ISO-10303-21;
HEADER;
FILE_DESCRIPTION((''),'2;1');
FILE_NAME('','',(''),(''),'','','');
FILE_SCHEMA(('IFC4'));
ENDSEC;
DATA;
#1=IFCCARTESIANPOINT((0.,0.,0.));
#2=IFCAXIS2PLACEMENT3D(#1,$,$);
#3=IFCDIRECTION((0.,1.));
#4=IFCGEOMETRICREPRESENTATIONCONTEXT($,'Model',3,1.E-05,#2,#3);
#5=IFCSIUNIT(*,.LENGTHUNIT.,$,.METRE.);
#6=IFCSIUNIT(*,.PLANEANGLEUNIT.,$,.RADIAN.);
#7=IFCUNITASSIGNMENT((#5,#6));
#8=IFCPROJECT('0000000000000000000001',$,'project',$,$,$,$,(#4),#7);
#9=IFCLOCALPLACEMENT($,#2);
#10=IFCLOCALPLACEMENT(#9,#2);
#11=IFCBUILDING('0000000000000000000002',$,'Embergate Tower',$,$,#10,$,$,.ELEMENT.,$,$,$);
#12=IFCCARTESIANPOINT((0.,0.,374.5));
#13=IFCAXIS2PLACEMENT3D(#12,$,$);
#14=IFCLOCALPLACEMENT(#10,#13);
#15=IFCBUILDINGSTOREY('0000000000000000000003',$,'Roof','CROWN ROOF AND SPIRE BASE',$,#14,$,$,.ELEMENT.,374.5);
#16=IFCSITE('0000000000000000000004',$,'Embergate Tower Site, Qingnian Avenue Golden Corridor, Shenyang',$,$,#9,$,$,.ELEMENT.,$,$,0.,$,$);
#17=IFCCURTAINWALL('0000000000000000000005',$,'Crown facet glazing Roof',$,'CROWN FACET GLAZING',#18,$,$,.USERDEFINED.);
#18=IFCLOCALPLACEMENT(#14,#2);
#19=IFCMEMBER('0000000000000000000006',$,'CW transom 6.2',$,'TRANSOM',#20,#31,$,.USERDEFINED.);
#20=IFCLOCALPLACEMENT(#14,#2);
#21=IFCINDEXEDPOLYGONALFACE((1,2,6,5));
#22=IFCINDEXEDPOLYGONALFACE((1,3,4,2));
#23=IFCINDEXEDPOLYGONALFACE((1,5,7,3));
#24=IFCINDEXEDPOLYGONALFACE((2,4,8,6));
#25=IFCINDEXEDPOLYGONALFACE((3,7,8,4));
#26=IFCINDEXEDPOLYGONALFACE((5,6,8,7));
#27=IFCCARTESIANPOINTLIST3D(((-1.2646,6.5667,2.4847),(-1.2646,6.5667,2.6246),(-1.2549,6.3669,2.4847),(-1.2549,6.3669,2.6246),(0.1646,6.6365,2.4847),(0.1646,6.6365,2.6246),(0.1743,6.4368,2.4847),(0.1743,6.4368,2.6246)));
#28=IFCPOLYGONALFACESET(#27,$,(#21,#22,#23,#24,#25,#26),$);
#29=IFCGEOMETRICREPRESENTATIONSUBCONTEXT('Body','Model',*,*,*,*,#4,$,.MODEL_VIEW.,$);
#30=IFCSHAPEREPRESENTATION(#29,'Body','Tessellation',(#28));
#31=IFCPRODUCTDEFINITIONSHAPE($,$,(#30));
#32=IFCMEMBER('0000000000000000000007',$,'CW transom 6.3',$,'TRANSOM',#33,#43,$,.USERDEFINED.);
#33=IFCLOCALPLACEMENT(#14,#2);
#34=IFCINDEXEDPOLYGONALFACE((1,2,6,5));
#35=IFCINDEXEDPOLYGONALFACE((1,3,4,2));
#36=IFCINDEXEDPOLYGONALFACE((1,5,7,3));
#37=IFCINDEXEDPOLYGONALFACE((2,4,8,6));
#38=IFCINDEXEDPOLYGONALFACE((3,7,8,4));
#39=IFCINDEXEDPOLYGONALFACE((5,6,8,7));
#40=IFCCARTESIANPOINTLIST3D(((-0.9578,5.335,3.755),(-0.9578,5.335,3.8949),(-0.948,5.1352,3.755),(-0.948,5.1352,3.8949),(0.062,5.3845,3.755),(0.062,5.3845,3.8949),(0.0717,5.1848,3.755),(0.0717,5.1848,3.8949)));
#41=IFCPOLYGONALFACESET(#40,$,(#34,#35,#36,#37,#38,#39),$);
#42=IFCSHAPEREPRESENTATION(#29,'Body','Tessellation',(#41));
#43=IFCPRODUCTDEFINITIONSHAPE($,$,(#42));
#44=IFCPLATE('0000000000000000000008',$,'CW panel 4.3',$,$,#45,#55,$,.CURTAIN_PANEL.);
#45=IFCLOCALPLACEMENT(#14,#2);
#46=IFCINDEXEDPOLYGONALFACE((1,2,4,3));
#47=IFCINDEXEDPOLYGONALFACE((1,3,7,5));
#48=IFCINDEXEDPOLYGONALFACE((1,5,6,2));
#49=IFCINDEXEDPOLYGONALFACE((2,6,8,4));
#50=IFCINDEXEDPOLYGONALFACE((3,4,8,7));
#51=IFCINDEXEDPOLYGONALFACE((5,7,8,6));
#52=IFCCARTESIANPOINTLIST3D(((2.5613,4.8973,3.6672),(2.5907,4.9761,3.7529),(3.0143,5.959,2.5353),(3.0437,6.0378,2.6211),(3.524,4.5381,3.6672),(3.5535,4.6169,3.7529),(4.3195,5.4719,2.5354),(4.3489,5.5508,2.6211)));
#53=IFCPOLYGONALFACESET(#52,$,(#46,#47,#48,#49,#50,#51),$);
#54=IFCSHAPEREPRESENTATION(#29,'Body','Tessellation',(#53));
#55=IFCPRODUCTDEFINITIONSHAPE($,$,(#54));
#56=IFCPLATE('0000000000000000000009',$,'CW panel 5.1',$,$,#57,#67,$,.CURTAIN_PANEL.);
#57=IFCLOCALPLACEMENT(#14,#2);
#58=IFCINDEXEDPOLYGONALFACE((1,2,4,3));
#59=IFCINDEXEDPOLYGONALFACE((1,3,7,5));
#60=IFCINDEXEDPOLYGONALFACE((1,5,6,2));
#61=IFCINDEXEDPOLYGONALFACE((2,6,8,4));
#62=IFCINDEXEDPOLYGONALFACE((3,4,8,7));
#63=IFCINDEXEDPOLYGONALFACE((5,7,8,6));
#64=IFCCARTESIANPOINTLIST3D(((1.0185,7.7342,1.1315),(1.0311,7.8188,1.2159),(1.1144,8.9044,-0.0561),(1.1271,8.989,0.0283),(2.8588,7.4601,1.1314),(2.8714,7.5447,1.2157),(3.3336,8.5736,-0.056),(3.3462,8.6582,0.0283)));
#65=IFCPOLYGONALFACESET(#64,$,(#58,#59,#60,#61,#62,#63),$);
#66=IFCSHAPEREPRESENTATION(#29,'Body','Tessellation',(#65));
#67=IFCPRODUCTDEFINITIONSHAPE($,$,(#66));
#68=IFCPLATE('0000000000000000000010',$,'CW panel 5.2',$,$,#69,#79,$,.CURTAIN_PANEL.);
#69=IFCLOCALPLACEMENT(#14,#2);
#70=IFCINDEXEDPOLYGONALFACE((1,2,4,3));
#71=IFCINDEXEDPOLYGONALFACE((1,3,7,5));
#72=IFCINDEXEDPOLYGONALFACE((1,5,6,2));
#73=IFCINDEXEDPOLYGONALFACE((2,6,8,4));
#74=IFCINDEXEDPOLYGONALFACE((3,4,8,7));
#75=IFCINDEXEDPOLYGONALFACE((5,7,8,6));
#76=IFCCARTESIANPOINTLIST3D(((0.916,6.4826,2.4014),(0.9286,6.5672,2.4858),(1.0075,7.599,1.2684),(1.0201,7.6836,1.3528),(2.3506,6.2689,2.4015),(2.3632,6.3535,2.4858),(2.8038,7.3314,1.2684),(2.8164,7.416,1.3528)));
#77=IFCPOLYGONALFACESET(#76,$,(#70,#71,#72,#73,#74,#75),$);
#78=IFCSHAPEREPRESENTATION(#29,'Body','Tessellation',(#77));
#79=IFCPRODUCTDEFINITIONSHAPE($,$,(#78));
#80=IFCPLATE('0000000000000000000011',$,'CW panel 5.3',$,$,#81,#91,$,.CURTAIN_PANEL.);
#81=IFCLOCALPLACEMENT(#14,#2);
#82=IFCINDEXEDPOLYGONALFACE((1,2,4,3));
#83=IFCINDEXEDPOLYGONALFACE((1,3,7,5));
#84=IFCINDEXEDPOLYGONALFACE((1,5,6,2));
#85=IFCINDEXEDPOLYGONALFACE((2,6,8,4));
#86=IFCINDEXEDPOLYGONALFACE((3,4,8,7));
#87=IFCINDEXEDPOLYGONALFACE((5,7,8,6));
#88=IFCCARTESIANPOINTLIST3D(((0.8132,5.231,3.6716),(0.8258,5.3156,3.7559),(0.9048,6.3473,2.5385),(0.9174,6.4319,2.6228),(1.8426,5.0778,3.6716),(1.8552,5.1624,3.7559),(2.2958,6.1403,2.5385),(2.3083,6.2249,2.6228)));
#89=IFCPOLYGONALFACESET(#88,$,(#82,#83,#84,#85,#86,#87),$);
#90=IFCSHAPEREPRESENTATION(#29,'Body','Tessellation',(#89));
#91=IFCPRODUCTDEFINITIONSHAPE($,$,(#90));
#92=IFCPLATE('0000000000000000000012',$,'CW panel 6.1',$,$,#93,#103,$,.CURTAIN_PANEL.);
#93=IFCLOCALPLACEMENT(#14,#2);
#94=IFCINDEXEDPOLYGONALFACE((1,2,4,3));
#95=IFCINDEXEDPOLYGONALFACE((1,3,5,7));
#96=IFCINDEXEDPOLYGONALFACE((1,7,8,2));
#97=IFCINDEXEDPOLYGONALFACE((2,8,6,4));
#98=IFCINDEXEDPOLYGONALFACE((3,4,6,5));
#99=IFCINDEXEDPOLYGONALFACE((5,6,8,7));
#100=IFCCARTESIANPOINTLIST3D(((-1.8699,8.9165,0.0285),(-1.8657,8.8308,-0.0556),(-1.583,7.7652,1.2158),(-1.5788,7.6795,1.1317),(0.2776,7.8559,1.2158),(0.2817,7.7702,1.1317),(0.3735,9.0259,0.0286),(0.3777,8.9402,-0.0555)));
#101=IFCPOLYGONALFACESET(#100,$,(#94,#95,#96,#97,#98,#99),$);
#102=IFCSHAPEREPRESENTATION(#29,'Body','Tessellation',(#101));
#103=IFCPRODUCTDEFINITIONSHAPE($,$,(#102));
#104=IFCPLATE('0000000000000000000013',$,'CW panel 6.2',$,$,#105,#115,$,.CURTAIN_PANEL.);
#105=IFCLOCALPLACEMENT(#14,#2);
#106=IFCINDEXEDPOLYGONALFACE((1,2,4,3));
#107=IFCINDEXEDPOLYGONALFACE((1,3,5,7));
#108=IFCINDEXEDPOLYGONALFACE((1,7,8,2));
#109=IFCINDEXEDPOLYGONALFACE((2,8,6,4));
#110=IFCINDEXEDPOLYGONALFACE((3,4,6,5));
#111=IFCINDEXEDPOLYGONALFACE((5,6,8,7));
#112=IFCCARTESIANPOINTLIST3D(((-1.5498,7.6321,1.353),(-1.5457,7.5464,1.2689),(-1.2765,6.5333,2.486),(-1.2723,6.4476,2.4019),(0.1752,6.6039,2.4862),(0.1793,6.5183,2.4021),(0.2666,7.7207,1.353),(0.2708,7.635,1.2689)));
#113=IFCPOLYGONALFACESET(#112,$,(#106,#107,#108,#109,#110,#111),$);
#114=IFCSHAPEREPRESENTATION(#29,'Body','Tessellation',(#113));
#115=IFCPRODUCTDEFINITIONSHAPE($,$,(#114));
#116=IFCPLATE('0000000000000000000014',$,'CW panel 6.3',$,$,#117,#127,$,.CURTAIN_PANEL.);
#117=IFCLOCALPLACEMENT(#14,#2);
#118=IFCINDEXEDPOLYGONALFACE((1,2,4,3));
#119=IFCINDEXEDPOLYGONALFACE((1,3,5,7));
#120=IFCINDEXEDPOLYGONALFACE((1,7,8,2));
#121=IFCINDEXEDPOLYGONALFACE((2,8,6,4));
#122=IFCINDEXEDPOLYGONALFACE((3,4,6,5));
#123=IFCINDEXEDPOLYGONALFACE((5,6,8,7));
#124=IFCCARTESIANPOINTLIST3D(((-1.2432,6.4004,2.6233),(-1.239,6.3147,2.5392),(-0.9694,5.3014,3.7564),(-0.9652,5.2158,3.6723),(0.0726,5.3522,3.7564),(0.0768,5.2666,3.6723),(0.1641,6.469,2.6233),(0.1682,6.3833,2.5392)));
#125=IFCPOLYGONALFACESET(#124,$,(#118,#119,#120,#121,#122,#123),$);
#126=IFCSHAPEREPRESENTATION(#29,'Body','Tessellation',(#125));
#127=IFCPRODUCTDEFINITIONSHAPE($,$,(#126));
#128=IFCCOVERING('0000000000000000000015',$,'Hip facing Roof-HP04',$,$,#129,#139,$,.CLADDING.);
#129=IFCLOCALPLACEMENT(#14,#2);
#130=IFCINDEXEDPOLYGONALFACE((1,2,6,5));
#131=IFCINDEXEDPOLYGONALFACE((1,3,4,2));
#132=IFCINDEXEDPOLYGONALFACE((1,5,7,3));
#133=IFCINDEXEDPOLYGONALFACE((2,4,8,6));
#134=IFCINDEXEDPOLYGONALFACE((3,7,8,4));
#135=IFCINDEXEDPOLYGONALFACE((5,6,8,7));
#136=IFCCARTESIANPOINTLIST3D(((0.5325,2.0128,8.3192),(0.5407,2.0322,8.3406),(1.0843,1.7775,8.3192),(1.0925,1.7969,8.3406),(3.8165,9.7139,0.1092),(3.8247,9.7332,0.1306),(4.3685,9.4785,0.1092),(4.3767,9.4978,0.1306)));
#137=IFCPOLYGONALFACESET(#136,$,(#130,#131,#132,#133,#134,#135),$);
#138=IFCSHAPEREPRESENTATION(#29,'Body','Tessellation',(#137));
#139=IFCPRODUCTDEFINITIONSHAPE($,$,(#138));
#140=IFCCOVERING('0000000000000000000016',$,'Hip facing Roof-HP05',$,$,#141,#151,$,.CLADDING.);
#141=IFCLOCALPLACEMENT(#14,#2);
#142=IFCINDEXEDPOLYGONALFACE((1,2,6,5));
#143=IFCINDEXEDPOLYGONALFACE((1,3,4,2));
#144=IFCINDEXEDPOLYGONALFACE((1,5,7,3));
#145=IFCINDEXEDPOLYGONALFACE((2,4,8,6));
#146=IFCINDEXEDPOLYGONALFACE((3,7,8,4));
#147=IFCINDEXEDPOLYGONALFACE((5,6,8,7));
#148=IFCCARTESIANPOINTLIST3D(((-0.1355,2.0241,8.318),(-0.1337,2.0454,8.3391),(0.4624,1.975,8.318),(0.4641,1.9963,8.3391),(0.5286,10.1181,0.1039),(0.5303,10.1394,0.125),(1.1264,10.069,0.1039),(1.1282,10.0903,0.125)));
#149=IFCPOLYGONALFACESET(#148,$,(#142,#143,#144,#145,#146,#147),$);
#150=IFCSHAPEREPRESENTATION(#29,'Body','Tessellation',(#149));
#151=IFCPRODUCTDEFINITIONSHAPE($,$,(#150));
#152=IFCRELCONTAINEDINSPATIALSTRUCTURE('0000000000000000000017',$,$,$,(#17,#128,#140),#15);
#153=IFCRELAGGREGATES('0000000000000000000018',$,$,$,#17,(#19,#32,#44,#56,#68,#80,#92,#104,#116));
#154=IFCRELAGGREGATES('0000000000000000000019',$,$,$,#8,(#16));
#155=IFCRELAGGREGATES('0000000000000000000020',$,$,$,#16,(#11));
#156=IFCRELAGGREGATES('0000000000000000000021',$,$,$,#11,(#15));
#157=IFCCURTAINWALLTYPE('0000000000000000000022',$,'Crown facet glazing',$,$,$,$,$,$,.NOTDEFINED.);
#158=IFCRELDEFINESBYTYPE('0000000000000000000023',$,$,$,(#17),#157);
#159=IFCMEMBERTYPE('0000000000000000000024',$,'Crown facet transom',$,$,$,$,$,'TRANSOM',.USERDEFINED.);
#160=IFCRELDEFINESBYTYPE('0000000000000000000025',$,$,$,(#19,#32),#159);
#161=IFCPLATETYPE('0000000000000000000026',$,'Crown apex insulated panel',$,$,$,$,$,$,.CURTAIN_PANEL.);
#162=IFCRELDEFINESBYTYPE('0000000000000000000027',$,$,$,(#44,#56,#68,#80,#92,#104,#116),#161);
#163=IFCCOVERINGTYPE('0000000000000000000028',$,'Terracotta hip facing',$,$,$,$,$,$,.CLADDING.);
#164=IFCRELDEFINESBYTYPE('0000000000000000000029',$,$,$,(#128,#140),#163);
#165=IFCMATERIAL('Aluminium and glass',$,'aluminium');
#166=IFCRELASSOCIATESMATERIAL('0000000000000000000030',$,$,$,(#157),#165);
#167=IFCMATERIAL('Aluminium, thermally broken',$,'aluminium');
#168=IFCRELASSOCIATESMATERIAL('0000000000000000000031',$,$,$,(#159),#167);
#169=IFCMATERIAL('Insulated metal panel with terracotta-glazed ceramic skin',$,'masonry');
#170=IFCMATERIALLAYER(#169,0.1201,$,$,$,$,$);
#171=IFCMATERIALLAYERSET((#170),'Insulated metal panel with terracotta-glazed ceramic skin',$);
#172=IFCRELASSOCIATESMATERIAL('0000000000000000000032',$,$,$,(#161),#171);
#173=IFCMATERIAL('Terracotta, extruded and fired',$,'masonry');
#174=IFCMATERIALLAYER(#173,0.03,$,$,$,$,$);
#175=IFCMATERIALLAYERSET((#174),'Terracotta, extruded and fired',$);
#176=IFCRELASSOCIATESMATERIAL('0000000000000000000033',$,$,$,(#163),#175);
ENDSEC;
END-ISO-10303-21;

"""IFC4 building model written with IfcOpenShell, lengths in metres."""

from ifc_helpers import new_model, si_unit, direction, frame, origin, origin_2d, place, context, subcontext, project, spatial, polyline, rectangle, outline, extrude, source, transform, mapped, material, layer, layer_set, material_profile, profile_set, type_object, element, aggregate, save


model = new_model("IFC4")

# Units and contexts
model_context = context("Model", 3, precision=1e-05, world=origin(), true_north=direction((0.0, 1.0)))
body_context = subcontext(model_context, "Body", "Model", "MODEL_VIEW")
ifc_project = project(units=[si_unit("LENGTHUNIT", "METRE"), si_unit("PLANEANGLEUNIT", "RADIAN")], contexts=[model_context])

# Site, building, storey
site_placement = place(None, origin())
site = spatial("IfcSite", under=ifc_project, at=site_placement, Name="Embergate Tower Site, Qingnian Avenue Golden Corridor, Shenyang", CompositionType="ELEMENT", RefElevation=0.0)
building_placement = place(site_placement, origin())
building = spatial("IfcBuilding", under=site, at=building_placement, Name="Embergate Tower", CompositionType="ELEMENT")
storey_placement = place(building_placement, frame((0.0, 0.0, 374.5)))
storey = spatial("IfcBuildingStorey", under=building, at=storey_placement, Name="Roof", Description="CROWN ROOF AND SPIRE BASE", CompositionType="ELEMENT", Elevation=374.5)

# Curtain wall, members, plates
ifc_material_1 = material(Name="Aluminium and glass", Category="aluminium")
curtain_wall_type = type_object("IfcCurtainWallType", Name="Crown facet glazing", PredefinedType="NOTDEFINED", material=ifc_material_1)
curtain_wall_placement = place(storey_placement, origin())
curtain_wall = element("IfcCurtainWall", 1, at=curtain_wall_placement, inside=storey, type_object=curtain_wall_type, Name="Crown facet glazing Roof", ObjectType="CROWN FACET GLAZING", PredefinedType="USERDEFINED")
ifc_material_2 = material(Name="Aluminium, thermally broken", Category="aluminium")
ifc_material_profile_1 = material_profile(ifc_material_2, rectangle(XDim=0.2, YDim=0.1399, at=origin_2d()), Name="AL 140x200")
ifc_profile_set_1 = profile_set([ifc_material_profile_1], Name="Aluminium, thermally broken")
member_type_1 = type_object("IfcMemberType", Name="Crown facet transom", ElementType="TRANSOM", PredefinedType="USERDEFINED", material=ifc_profile_set_1)
shared_shape_1 = source(origin(), body_context, "Body", "SweptSolid", [
    extrude(rectangle(XDim=0.2, YDim=0.1399, at=origin_2d()), origin(), (0.0, 0.0, 1.0), 1.4309),
])
member_1_placement = place(storey_placement, frame((0.1694, 6.5366, 2.5547), z_axis=(-0.998809, -0.048797, 0.0), x_axis=(0.048797, -0.998809, 0.0)))
member_1 = element("IfcMember", 2, at=member_1_placement, type_object=member_type_1, Name="CW transom 6.2", ObjectType="TRANSOM", PredefinedType="USERDEFINED", context=body_context, shape_type="MappedRepresentation", body=[
    mapped(shared_shape_1, transform((0.0, 0.0, 0.0))),
])
shared_shape_2 = source(origin(), body_context, "Body", "SweptSolid", [
    extrude(rectangle(XDim=0.2, YDim=0.1399, at=origin_2d()), origin(), (0.0, 0.0, 1.0), 1.021),
])
member_2_placement = place(storey_placement, frame((0.0669, 5.2847, 3.825), z_axis=(-0.998821, -0.048542, 0.0), x_axis=(0.048542, -0.998821, 0.0)))
member_2 = element("IfcMember", 3, at=member_2_placement, type_object=member_type_1, Name="CW transom 6.3", ObjectType="TRANSOM", PredefinedType="USERDEFINED", context=body_context, shape_type="MappedRepresentation", body=[
    mapped(shared_shape_2, transform((0.0, 0.0, 0.0))),
])
ifc_material_3 = material(Name="Insulated metal panel with terracotta-glazed ceramic skin", Category="masonry")
ifc_layer_1 = layer(ifc_material_3, 0.1201)
ifc_layer_set_1 = layer_set([ifc_layer_1], Name="Insulated metal panel with terracotta-glazed ceramic skin")
plate_type = type_object("IfcPlateType", Name="Crown apex insulated panel", PredefinedType="CURTAIN_PANEL", material=ifc_layer_set_1)
shared_shape_3 = source(origin(), body_context, "Body", "SweptSolid", [
    extrude(outline(polyline([(0.0, 0.0), (1.3931, 0.0), (1.4463, 1.6157), (0.4187, 1.6157), (0.0, 0.0)])), origin(), (0.0, 0.0, -1.0), 0.1201),
])
plate_1_placement = place(storey_placement, frame((4.3489, 5.5508, 2.6211), z_axis=(0.244891, 0.656315, 0.713638), x_axis=(-0.936897, 0.349606, -0.00002)))
plate_1 = element("IfcPlate", 4, at=plate_1_placement, type_object=plate_type, Name="CW panel 4.3", PredefinedType="CURTAIN_PANEL", context=body_context, shape_type="MappedRepresentation", body=[
    mapped(shared_shape_3, transform((0.0, 0.0, 0.0))),
])
shared_shape_4 = source(origin(), body_context, "Body", "SweptSolid", [
    extrude(outline(polyline([(0.0, 0.0), (2.2437, 0.0), (2.166, 1.6682), (0.3054, 1.668), (0.0, 0.0)])), origin(), (0.0, 0.0, -1.0), 0.1201),
])
plate_2_placement = place(storey_placement, frame((3.3462, 8.6582, 0.0283), z_axis=(0.104933, 0.704128, 0.702277), x_axis=(-0.989074, 0.147417, -0.000019)))
plate_2 = element("IfcPlate", 5, at=plate_2_placement, type_object=plate_type, Name="CW panel 5.1", PredefinedType="CURTAIN_PANEL", context=body_context, shape_type="MappedRepresentation", body=[
    mapped(shared_shape_4, transform((0.0, 0.0, 0.0))),
])
shared_shape_5 = source(origin(), body_context, "Body", "SweptSolid", [
    extrude(outline(polyline([(0.0, 0.0), (1.8162, 0.0), (1.7422, 1.5916), (0.2917, 1.5916), (0.0, 0.0)])), origin(), (0.0, 0.0, -1.0), 0.1201),
])
plate_3_placement = place(storey_placement, frame((2.8164, 7.416, 1.3528), z_axis=(0.104864, 0.704146, 0.702269), x_axis=(-0.98909, 0.147313, -0.000015)))
plate_3 = element("IfcPlate", 6, at=plate_3_placement, type_object=plate_type, Name="CW panel 5.2", PredefinedType="CURTAIN_PANEL", context=body_context, shape_type="MappedRepresentation", body=[
    mapped(shared_shape_5, transform((0.0, 0.0, 0.0))),
])
shared_shape_6 = source(origin(), body_context, "Body", "SweptSolid", [
    extrude(outline(polyline([(0.0, 0.0), (1.4062, 0.0), (1.3325, 1.5916), (0.2917, 1.5916), (0.0, 0.0)])), origin(), (0.0, 0.0, -1.0), 0.1201),
])
plate_4_placement = place(storey_placement, frame((2.3083, 6.2249, 2.6228), z_axis=(0.10485, 0.704188, 0.702229), x_axis=(-0.989099, 0.14725, 0.000022)))
plate_4 = element("IfcPlate", 7, at=plate_4_placement, type_object=plate_type, Name="CW panel 5.3", PredefinedType="CURTAIN_PANEL", context=body_context, shape_type="MappedRepresentation", body=[
    mapped(shared_shape_6, transform((0.0, 0.0, 0.0))),
])
shared_shape_7 = source(origin(), body_context, "Body", "SweptSolid", [
    extrude(outline(polyline([(0.0, 0.0), (2.2461, 0.0), (2.0156, 1.6626), (0.1528, 1.6626), (0.0, 0.0)])), origin(), (0.0, 0.0, -1.0), 0.1201),
])
plate_5_placement = place(storey_placement, frame((0.3735, 9.0259, 0.0286), z_axis=(-0.034792, 0.713243, 0.700053), x_axis=(-0.998813, -0.04871, -0.000013)))
plate_5 = element("IfcPlate", 8, at=plate_5_placement, type_object=plate_type, Name="CW panel 6.1", PredefinedType="CURTAIN_PANEL", context=body_context, shape_type="MappedRepresentation", body=[
    mapped(shared_shape_7, transform((0.0, 0.0, 0.0))),
])
shared_shape_8 = source(origin(), body_context, "Body", "SweptSolid", [
    extrude(outline(polyline([(0.0, 0.0), (1.8186, 0.0), (1.5991, 1.5867), (0.1458, 1.5869), (0.0, 0.0)])), origin(), (0.0, 0.0, -1.0), 0.1201),
])
plate_6_placement = place(storey_placement, frame((0.2666, 7.7207, 1.353), z_axis=(-0.034794, 0.713205, 0.700092), x_axis=(-0.998812, -0.04873, 0.000002)))
plate_6 = element("IfcPlate", 9, at=plate_6_placement, type_object=plate_type, Name="CW panel 6.2", PredefinedType="CURTAIN_PANEL", context=body_context, shape_type="MappedRepresentation", body=[
    mapped(shared_shape_8, transform((0.0, 0.0, 0.0))),
])
shared_shape_9 = source(origin(), body_context, "Body", "SweptSolid", [
    extrude(outline(polyline([(0.0, 0.0), (1.4089, 0.0), (1.189, 1.5869), (0.1458, 1.5869), (0.0, 0.0)])), origin(), (0.0, 0.0, -1.0), 0.1201),
])
plate_7_placement = place(storey_placement, frame((0.1641, 6.469, 2.6233), z_axis=(-0.034764, 0.713205, 0.700093), x_axis=(-0.998814, -0.04869, 0.000003)))
plate_7 = element("IfcPlate", 10, at=plate_7_placement, type_object=plate_type, Name="CW panel 6.3", PredefinedType="CURTAIN_PANEL", context=body_context, shape_type="MappedRepresentation", body=[
    mapped(shared_shape_9, transform((0.0, 0.0, 0.0))),
])
aggregate(curtain_wall, [member_1, member_2, plate_1, plate_2, plate_3, plate_4, plate_5, plate_6, plate_7])

# Coverings
ifc_material_4 = material(Name="Terracotta, extruded and fired", Category="masonry")
ifc_layer_2 = layer(ifc_material_4, 0.03)
ifc_layer_set_2 = layer_set([ifc_layer_2], Name="Terracotta, extruded and fired")
covering_type = type_object("IfcCoveringType", Name="Terracotta hip facing", PredefinedType="CLADDING", material=ifc_layer_set_2)
shared_shape_10 = source(origin(), body_context, "Body", "SweptSolid", [
    extrude(outline(polyline([(0.0, 0.0), (11.7258, 0.0), (11.7258, -0.5999), (0.0, -0.6001), (0.0, 0.0)])), origin(), (0.0, 0.0, -1.0), 0.03),
])
covering_1_placement = place(storey_placement, frame((4.3767, 9.4978, 0.1306), z_axis=(0.274657, 0.644047, 0.71398), x_axis=(-0.280082, -0.656751, 0.700166)))
element("IfcCovering", 11, at=covering_1_placement, inside=storey, type_object=covering_type, Name="Hip facing Roof-HP04", PredefinedType="CLADDING", context=body_context, shape_type="MappedRepresentation", body=[
    mapped(shared_shape_10, transform((0.0, 0.0, 0.0))),
])
shared_shape_11 = source(origin(), body_context, "Body", "SweptSolid", [
    extrude(outline(polyline([(0.0, 0.0), (11.551, 0.0), (11.551, -0.5999), (0.0, -0.5999), (0.0, 0.0)])), origin(), (0.0, 0.0, -1.0), 0.03),
])
covering_2_placement = place(storey_placement, frame((1.1282, 10.0903, 0.125), z_axis=(0.058169, 0.708735, 0.703073), x_axis=(-0.05749, -0.700719, 0.711118)))
element("IfcCovering", 12, at=covering_2_placement, inside=storey, type_object=covering_type, Name="Hip facing Roof-HP05", PredefinedType="CLADDING", context=body_context, shape_type="MappedRepresentation", body=[
    mapped(shared_shape_11, transform((0.0, 0.0, 0.0))),
])

save(model, "model.ifc")
